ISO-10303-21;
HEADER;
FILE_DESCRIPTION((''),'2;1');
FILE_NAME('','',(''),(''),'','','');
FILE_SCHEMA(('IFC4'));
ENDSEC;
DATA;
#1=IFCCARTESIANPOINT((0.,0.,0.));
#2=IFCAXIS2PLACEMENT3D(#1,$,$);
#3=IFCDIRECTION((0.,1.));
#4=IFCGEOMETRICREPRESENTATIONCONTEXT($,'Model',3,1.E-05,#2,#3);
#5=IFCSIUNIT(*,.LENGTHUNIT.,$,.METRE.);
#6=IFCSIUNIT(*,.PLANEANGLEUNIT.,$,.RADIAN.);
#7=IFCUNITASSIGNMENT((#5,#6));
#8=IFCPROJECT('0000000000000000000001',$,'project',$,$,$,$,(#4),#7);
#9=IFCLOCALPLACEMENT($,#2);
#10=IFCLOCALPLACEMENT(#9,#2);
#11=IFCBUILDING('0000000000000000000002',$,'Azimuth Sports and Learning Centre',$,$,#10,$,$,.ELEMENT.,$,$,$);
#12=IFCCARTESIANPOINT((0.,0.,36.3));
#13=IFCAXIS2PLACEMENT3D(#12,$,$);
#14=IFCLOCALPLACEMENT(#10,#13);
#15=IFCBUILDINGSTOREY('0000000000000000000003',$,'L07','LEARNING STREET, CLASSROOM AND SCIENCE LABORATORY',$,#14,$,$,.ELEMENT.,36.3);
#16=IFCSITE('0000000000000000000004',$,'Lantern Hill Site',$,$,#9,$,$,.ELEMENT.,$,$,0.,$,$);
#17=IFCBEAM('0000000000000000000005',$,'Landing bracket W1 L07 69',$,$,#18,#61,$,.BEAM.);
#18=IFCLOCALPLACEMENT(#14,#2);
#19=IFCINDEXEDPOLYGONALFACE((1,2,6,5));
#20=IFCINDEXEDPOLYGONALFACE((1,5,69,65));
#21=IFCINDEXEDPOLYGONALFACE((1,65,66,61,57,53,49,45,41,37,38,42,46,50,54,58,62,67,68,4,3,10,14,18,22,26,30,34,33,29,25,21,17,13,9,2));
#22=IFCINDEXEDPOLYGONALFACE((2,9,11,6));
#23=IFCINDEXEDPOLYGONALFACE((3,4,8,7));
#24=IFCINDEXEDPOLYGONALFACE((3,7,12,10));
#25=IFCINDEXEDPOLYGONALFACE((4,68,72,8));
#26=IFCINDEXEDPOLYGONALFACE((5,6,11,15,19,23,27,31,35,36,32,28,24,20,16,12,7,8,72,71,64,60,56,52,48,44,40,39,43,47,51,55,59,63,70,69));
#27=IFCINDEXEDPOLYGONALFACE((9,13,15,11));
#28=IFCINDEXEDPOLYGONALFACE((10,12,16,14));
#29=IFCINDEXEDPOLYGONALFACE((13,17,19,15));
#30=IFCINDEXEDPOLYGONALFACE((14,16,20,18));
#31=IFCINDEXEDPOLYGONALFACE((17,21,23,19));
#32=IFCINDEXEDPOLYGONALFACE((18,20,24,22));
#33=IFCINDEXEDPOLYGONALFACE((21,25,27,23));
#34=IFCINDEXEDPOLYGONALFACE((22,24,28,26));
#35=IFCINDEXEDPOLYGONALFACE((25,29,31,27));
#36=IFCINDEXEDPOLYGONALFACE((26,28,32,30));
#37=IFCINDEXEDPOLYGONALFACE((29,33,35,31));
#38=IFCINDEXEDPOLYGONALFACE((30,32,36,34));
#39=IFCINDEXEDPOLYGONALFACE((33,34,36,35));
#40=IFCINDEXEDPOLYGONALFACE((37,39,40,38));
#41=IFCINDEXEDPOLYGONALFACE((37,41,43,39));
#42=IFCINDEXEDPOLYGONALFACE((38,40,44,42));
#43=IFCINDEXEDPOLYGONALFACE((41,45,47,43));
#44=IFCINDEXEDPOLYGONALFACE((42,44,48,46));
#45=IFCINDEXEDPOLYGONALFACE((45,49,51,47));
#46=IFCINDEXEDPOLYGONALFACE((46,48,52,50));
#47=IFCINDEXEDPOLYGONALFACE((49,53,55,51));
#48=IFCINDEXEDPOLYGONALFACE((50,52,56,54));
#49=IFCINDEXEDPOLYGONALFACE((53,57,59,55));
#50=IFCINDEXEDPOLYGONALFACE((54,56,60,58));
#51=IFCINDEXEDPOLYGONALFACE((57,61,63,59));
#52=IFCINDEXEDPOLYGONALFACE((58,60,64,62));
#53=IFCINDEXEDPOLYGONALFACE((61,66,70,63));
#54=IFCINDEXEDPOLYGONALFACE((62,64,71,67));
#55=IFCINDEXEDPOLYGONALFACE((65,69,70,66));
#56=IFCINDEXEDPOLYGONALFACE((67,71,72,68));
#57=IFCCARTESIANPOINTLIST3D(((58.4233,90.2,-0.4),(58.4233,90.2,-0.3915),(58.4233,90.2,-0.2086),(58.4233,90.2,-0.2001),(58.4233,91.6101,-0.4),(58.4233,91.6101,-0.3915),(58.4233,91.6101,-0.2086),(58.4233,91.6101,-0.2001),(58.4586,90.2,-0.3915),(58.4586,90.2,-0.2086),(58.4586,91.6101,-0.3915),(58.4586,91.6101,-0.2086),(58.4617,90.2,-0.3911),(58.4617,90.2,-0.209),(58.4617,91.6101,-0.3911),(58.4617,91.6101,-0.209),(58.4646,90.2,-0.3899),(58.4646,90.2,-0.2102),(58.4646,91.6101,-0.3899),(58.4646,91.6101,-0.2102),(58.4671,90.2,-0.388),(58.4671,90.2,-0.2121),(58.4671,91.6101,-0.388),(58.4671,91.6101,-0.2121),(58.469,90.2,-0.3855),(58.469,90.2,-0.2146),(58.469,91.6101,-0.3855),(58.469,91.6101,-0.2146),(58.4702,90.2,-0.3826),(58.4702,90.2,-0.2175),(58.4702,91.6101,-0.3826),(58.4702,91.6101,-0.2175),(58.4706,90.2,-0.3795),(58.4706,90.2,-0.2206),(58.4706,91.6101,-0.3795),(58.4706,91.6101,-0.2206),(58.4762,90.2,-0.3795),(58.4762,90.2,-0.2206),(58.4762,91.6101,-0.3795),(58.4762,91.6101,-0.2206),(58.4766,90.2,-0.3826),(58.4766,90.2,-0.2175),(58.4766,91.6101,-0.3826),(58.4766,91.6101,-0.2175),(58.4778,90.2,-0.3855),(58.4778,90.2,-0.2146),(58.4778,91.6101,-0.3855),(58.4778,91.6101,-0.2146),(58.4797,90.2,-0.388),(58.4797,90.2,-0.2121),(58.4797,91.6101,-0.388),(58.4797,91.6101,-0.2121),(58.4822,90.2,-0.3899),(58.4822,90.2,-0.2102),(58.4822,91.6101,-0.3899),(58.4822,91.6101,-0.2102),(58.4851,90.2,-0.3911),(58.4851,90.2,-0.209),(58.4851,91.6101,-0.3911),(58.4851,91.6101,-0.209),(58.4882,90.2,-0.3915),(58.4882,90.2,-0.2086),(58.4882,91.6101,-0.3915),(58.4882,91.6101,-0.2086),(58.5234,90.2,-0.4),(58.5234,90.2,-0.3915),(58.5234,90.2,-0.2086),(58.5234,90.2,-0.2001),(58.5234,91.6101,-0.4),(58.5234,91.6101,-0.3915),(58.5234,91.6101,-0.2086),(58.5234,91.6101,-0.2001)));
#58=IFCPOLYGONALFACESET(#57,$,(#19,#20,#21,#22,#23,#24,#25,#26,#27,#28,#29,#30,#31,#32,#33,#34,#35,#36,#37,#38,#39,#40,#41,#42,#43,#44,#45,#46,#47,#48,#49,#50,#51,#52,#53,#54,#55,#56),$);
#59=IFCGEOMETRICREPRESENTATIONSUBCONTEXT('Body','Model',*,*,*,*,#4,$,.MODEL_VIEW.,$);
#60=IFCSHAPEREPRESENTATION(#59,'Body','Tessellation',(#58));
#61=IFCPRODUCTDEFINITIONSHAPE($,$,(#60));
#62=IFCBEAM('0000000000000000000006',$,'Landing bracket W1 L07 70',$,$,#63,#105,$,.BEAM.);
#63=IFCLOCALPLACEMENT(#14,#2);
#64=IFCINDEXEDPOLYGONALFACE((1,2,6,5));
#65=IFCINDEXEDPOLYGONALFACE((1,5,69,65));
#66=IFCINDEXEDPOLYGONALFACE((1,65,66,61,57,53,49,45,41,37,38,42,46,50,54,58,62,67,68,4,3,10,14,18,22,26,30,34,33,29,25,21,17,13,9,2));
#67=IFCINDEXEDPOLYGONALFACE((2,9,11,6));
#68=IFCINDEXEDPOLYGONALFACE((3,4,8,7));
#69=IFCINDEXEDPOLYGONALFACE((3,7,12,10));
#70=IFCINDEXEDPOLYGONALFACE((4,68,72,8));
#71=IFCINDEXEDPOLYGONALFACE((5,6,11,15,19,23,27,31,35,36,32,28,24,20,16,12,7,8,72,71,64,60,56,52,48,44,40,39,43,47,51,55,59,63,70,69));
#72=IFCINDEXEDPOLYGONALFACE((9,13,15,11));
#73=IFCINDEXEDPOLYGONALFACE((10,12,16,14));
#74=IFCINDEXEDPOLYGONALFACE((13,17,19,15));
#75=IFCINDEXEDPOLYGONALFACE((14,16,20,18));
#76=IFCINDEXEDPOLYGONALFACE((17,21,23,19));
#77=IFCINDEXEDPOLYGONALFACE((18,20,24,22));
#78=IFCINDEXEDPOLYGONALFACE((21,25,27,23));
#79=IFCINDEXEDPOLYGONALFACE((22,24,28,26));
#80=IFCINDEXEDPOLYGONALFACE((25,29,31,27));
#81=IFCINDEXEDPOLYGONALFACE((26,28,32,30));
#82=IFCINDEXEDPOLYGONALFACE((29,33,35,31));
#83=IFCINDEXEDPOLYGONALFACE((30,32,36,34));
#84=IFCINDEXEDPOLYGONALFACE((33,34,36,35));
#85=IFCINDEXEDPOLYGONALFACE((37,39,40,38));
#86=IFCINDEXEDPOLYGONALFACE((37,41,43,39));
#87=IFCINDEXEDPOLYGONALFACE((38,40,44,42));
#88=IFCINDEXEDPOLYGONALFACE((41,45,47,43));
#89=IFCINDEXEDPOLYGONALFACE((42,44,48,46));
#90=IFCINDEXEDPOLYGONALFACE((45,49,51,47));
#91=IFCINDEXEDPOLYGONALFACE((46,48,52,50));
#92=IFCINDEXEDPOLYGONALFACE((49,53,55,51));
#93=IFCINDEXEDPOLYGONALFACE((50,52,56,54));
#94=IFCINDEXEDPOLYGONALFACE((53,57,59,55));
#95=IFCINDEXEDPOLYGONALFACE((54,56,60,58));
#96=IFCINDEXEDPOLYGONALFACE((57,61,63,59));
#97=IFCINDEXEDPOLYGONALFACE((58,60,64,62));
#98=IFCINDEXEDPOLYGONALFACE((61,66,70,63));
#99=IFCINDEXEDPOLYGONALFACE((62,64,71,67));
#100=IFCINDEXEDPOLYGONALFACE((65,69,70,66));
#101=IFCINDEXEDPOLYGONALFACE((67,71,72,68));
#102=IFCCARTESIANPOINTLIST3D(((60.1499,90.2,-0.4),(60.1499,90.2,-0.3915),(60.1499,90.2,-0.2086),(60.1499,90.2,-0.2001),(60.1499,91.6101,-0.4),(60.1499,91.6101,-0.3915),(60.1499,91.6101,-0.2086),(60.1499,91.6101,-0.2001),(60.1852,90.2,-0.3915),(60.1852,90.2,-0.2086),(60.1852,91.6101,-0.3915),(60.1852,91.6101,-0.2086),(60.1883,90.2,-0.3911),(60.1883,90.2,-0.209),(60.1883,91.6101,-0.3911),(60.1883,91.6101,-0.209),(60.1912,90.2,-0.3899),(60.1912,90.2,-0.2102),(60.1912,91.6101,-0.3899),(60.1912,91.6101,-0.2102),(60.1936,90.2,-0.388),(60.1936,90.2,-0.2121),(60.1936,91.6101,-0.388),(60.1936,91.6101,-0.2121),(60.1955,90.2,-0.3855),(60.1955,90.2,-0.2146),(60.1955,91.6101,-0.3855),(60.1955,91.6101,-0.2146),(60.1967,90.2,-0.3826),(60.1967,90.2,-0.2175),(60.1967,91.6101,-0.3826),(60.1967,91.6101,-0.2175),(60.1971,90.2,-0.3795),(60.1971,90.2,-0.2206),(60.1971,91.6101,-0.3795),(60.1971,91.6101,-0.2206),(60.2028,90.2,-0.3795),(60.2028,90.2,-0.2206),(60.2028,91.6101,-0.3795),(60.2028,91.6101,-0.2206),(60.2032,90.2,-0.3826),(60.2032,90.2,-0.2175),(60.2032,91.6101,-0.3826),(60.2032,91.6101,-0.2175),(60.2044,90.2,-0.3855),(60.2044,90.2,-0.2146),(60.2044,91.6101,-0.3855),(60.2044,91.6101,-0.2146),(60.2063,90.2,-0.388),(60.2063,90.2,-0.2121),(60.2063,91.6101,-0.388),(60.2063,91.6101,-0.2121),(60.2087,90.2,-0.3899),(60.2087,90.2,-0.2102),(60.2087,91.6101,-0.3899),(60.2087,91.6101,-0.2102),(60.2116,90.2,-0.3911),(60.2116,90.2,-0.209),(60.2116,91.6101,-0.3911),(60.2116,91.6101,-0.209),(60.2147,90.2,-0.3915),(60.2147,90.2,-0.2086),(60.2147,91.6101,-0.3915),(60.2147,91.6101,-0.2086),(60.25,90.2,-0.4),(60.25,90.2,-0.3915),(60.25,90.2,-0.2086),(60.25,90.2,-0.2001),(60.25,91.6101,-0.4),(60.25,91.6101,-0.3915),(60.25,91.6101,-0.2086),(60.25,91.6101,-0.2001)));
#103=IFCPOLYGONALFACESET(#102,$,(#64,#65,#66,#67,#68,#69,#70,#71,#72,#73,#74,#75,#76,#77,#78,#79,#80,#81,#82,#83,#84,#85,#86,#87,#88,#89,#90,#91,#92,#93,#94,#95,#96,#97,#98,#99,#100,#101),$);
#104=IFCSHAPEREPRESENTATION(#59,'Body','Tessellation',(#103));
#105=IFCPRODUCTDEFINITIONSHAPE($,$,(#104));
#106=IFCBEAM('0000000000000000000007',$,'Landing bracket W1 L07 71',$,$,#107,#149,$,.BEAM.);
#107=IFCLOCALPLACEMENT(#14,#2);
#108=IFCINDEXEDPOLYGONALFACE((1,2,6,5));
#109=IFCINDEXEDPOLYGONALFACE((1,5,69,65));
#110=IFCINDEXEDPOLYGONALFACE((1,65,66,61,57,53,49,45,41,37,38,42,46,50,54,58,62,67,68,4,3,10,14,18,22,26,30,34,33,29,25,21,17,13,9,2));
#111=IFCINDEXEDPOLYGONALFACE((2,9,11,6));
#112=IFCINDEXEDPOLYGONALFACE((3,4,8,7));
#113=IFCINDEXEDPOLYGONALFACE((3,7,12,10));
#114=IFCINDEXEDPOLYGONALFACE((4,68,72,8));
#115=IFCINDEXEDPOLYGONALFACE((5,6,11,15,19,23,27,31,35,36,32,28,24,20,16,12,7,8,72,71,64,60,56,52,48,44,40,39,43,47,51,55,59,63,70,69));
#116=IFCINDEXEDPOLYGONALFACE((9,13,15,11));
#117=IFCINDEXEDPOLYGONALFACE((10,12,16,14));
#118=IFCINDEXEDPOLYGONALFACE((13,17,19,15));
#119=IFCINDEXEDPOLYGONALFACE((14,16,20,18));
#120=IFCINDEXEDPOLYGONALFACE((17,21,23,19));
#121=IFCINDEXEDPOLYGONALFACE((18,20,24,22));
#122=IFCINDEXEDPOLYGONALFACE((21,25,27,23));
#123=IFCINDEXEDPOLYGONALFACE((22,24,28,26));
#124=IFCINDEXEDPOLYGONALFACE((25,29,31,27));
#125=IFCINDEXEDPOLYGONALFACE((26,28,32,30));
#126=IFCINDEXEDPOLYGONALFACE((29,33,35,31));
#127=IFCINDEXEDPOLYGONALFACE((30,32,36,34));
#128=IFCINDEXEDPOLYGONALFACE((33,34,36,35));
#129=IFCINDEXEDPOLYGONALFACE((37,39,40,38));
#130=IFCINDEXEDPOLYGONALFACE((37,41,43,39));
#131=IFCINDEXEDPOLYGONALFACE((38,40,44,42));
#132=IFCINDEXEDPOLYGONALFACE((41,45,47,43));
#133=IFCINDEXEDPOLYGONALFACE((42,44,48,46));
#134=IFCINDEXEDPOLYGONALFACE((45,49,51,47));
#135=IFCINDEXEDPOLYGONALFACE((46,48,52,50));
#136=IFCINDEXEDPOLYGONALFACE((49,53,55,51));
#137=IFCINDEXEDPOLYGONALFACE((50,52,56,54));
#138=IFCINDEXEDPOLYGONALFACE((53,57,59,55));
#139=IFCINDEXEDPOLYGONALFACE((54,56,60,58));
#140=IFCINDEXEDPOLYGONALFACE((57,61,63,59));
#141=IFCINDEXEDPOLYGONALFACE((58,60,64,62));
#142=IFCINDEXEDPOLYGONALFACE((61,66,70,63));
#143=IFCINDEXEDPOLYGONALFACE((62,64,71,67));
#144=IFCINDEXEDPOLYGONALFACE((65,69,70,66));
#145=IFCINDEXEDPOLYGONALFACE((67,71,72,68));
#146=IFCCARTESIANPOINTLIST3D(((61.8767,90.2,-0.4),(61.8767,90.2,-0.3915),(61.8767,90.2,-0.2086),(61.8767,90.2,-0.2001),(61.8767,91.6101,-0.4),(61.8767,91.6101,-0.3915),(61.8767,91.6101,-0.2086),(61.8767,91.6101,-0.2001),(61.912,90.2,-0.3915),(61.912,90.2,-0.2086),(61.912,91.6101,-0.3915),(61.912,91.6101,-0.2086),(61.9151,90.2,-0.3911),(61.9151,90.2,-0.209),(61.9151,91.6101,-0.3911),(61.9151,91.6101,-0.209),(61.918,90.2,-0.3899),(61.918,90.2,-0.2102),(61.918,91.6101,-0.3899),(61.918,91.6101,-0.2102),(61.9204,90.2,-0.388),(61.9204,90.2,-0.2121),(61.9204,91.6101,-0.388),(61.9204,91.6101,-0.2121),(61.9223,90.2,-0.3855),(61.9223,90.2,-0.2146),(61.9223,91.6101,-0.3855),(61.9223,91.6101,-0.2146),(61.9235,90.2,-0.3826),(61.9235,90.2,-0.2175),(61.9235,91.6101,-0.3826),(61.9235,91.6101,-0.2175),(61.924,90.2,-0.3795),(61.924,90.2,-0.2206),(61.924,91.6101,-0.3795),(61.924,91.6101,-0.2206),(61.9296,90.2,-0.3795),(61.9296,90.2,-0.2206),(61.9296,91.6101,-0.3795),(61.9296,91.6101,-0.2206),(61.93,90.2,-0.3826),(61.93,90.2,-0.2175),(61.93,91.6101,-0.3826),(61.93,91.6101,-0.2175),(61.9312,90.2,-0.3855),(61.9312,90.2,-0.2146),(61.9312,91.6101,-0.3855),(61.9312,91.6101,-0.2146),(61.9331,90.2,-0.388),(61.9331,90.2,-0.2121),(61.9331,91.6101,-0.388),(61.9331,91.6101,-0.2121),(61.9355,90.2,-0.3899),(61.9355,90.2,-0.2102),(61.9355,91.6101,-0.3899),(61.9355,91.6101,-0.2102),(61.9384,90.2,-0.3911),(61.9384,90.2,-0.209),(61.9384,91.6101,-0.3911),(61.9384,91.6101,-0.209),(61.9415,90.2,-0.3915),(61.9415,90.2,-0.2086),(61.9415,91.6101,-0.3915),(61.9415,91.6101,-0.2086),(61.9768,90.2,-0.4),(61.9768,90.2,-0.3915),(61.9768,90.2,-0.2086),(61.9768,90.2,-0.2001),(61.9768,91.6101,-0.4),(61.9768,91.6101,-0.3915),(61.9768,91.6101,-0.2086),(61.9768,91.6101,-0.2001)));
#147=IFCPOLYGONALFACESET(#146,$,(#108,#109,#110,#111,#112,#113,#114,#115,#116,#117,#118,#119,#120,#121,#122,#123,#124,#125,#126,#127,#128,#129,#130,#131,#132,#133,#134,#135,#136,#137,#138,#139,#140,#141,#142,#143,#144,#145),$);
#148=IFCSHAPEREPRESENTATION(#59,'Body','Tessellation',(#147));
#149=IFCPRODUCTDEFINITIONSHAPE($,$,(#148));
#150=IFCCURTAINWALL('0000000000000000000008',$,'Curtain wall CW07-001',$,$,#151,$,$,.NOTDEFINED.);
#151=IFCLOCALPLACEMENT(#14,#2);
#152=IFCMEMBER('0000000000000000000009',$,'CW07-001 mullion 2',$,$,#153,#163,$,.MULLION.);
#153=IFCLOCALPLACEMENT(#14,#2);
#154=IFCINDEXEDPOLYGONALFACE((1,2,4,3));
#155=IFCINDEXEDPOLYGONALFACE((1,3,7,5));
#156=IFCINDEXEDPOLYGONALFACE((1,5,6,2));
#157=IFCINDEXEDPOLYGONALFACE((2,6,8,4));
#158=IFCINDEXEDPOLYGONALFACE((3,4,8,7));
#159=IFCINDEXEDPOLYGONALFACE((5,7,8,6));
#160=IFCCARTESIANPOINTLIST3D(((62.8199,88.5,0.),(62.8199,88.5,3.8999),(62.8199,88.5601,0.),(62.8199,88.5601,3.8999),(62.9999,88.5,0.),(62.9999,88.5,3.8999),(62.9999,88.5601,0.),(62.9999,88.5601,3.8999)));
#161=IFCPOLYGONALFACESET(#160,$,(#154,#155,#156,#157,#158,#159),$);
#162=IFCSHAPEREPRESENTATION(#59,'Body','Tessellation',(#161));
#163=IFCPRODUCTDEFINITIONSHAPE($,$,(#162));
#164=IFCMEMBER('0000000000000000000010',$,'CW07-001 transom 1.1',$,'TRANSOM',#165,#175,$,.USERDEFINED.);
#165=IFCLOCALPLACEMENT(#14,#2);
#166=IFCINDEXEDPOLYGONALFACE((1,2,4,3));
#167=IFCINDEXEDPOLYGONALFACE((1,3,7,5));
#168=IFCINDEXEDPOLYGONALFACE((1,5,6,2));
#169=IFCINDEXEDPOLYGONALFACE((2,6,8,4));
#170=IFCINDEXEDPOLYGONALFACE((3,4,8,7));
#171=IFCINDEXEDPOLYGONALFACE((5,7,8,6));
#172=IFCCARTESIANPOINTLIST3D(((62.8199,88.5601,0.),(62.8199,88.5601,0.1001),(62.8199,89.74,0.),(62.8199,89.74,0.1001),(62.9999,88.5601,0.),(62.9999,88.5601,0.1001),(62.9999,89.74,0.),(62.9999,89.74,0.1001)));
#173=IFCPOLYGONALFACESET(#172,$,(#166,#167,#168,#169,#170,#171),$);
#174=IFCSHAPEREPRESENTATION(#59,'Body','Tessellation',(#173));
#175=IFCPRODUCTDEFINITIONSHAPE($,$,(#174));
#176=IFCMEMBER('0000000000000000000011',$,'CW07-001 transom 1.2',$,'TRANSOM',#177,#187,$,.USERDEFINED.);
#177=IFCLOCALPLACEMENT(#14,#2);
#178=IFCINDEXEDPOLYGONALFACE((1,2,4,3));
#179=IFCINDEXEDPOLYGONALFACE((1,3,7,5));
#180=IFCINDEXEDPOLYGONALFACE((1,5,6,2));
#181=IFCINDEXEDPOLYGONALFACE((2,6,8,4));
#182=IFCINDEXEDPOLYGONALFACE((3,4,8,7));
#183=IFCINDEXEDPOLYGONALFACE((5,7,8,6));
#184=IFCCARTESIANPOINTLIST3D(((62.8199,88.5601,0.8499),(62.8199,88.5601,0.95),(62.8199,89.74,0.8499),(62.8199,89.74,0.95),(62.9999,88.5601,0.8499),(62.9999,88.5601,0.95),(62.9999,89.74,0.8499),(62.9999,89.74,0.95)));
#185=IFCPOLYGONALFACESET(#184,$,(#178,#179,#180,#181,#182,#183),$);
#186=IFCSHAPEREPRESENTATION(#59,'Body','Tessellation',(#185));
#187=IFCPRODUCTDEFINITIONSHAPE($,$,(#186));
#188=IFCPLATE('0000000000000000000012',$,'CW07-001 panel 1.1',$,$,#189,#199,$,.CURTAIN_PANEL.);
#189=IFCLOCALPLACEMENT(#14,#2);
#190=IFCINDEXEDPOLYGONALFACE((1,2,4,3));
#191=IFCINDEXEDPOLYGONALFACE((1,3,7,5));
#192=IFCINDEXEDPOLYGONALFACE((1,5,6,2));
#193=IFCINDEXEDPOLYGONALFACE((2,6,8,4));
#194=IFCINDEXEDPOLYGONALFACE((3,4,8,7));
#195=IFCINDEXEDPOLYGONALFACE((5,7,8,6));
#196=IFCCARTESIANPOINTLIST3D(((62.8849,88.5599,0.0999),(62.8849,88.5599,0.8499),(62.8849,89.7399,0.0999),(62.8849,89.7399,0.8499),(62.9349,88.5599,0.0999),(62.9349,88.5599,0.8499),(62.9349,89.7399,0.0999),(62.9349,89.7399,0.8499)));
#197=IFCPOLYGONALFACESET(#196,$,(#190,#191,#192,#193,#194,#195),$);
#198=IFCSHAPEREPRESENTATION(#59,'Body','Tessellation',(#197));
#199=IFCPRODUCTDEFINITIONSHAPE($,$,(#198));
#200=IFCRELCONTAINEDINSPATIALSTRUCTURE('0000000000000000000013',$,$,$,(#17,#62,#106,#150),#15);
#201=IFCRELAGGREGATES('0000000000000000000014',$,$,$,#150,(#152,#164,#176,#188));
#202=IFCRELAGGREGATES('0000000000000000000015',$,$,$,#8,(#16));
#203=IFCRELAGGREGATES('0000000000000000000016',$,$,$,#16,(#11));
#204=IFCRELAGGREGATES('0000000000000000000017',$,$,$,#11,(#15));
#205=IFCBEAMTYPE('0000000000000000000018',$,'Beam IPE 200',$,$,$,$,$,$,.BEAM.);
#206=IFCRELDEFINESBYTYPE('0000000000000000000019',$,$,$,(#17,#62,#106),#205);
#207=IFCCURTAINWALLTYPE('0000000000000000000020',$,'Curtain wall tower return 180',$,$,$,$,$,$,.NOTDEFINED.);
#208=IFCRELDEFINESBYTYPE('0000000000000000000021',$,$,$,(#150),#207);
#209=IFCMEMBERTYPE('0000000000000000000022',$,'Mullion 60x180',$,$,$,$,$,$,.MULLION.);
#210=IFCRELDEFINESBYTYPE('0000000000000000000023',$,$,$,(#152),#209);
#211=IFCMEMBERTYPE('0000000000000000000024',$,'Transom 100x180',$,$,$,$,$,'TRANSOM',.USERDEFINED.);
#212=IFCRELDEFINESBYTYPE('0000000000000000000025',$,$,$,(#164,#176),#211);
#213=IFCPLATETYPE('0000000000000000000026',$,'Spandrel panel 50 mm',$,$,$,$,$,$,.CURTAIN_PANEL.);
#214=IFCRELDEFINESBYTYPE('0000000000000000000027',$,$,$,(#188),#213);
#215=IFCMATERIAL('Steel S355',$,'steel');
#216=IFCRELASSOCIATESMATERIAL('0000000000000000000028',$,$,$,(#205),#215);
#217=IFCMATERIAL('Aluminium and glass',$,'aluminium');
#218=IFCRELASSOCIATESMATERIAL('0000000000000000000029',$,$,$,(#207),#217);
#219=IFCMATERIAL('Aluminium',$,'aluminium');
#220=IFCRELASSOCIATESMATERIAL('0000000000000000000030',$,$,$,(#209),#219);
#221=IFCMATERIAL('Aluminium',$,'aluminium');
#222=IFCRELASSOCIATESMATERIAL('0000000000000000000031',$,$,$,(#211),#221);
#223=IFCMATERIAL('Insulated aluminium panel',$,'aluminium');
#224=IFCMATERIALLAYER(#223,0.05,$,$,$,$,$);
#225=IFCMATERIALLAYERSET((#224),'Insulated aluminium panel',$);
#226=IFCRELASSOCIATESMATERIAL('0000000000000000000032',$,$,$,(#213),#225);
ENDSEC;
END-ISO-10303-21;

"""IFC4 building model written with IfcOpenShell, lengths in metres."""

from ifc_helpers import new_model, si_unit, direction, frame, origin, origin_2d, place, context, subcontext, project, spatial, rectangle, i_section, extrude, material, layer, layer_set, material_profile, profile_set, type_object, element, aggregate, save


model = new_model("IFC4")

# Units and contexts
model_context = context("Model", 3, precision=1e-05, world=origin(), true_north=direction((0.0, 1.0)))
body_context = subcontext(model_context, "Body", "Model", "MODEL_VIEW")
ifc_project = project(units=[si_unit("LENGTHUNIT", "METRE"), si_unit("PLANEANGLEUNIT", "RADIAN")], contexts=[model_context])

# Site, building, storey
site_placement = place(None, origin())
site = spatial("IfcSite", under=ifc_project, at=site_placement, Name="Lantern Hill Site", CompositionType="ELEMENT", RefElevation=0.0)
building_placement = place(site_placement, origin())
building = spatial("IfcBuilding", under=site, at=building_placement, Name="Azimuth Sports and Learning Centre", CompositionType="ELEMENT")
storey_placement = place(building_placement, frame((0.0, 0.0, 36.3)))
storey = spatial("IfcBuildingStorey", under=building, at=storey_placement, Name="L07", Description="LEARNING STREET, CLASSROOM AND SCIENCE LABORATORY", CompositionType="ELEMENT", Elevation=36.3)

# Beams
ifc_material_1 = material(Name="Steel S355", Category="steel")
ifc_material_profile_1 = material_profile(ifc_material_1, i_section(OverallWidth=0.1001, OverallDepth=0.2, WebThickness=0.0056, FlangeThickness=0.0085, FilletRadius=0.012, at=origin_2d()), Name="IPE 200")
ifc_profile_set_1 = profile_set([ifc_material_profile_1], Name="Steel S355")
beam_type = type_object("IfcBeamType", Name="Beam IPE 200", PredefinedType="BEAM", material=ifc_profile_set_1)
for number, where, z_axis, x_axis, name in (
    (1, (58.4734, 90.2, -0.3), (0.0, 1.0, 0.0), (-1.0, 0.0, 0.0), "Landing bracket W1 L07 69"),
    (2, (60.2, 90.2, -0.3), (0.0, 1.0, 0.0), (-1.0, 0.0, 0.0), "Landing bracket W1 L07 70"),
    (3, (61.9268, 90.2, -0.3), (0.0, 1.0, 0.0), (-1.0, 0.0, 0.0), "Landing bracket W1 L07 71"),
):
    element("IfcBeam", number, at=place(storey_placement, frame(where, z_axis=z_axis, x_axis=x_axis)), inside=storey, type_object=beam_type, Name=name, PredefinedType="BEAM", context=body_context, shape_type="SweptSolid", body=[
        extrude(i_section(OverallWidth=0.1001, OverallDepth=0.2, WebThickness=0.0056, FlangeThickness=0.0085, FilletRadius=0.012, at=origin_2d()), origin(), (0.0, 0.0, 1.0), 1.4102),
    ])

# Curtain wall, members, plate
ifc_material_2 = material(Name="Aluminium and glass", Category="aluminium")
curtain_wall_type = type_object("IfcCurtainWallType", Name="Curtain wall tower return 180", PredefinedType="NOTDEFINED", material=ifc_material_2)
curtain_wall_placement = place(storey_placement, origin())
curtain_wall = element("IfcCurtainWall", 4, at=curtain_wall_placement, inside=storey, type_object=curtain_wall_type, Name="Curtain wall CW07-001", PredefinedType="NOTDEFINED")
ifc_material_3 = material(Name="Aluminium", Category="aluminium")
ifc_material_profile_2 = material_profile(ifc_material_3, rectangle(XDim=0.1799, YDim=0.0601, at=origin_2d()), Name="Mullion 60x180")
ifc_profile_set_2 = profile_set([ifc_material_profile_2], Name="Aluminium")
member_type_1 = type_object("IfcMemberType", Name="Mullion 60x180", PredefinedType="MULLION", material=ifc_profile_set_2)
member_1_placement = place(storey_placement, frame((62.9099, 88.53, 0.0), z_axis=(0.0, 0.0, 1.0), x_axis=(1.0, 0.0, 0.0)))
member_1 = element("IfcMember", 5, at=member_1_placement, type_object=member_type_1, Name="CW07-001 mullion 2", PredefinedType="MULLION", context=body_context, shape_type="SweptSolid", body=[
    extrude(rectangle(XDim=0.1799, YDim=0.0601, at=origin_2d()), origin(), (0.0, 0.0, 1.0), 3.8999),
])
ifc_material_4 = material(Name="Aluminium", Category="aluminium")
ifc_material_profile_3 = material_profile(ifc_material_4, rectangle(XDim=0.1799, YDim=0.1001, at=origin_2d()), Name="Transom 100x180")
ifc_profile_set_3 = profile_set([ifc_material_profile_3], Name="Aluminium")
member_type_2 = type_object("IfcMemberType", Name="Transom 100x180", ElementType="TRANSOM", PredefinedType="USERDEFINED", material=ifc_profile_set_3)
member_2_placement = place(storey_placement, frame((62.9099, 89.74, 0.05), z_axis=(0.0, -1.0, 0.0), x_axis=(1.0, 0.0, 0.0)))
member_2 = element("IfcMember", 6, at=member_2_placement, type_object=member_type_2, Name="CW07-001 transom 1.1", ObjectType="TRANSOM", PredefinedType="USERDEFINED", context=body_context, shape_type="SweptSolid", body=[
    extrude(rectangle(XDim=0.1799, YDim=0.1001, at=origin_2d()), origin(), (0.0, 0.0, 1.0), 1.1799),
])
member_3_placement = place(storey_placement, frame((62.9099, 89.74, 0.8999), z_axis=(0.0, -1.0, 0.0), x_axis=(1.0, 0.0, 0.0)))
member_3 = element("IfcMember", 7, at=member_3_placement, type_object=member_type_2, Name="CW07-001 transom 1.2", ObjectType="TRANSOM", PredefinedType="USERDEFINED", context=body_context, shape_type="SweptSolid", body=[
    extrude(rectangle(XDim=0.1799, YDim=0.1001, at=origin_2d()), origin(), (0.0, 0.0, 1.0), 1.1799),
])
ifc_material_5 = material(Name="Insulated aluminium panel", Category="aluminium")
ifc_layer_1 = layer(ifc_material_5, 0.05)
ifc_layer_set_1 = layer_set([ifc_layer_1], Name="Insulated aluminium panel")
plate_type_1 = type_object("IfcPlateType", Name="Spandrel panel 50 mm", PredefinedType="CURTAIN_PANEL", material=ifc_layer_set_1)
plate_1_placement = place(storey_placement, frame((62.9099, 89.1499, 0.0999), z_axis=(0.0, 0.0, 1.0), x_axis=(0.0, -1.0, 0.0)))
plate_1 = element("IfcPlate", 8, at=plate_1_placement, type_object=plate_type_1, Name="CW07-001 panel 1.1", PredefinedType="CURTAIN_PANEL", context=body_context, shape_type="SweptSolid", body=[
    extrude(rectangle(XDim=1.1799, YDim=0.05, at=origin_2d()), origin(), (0.0, 0.0, 1.0), 0.75),
])
aggregate(curtain_wall, [member_1, member_2, member_3, plate_1])

save(model, "model.ifc")
